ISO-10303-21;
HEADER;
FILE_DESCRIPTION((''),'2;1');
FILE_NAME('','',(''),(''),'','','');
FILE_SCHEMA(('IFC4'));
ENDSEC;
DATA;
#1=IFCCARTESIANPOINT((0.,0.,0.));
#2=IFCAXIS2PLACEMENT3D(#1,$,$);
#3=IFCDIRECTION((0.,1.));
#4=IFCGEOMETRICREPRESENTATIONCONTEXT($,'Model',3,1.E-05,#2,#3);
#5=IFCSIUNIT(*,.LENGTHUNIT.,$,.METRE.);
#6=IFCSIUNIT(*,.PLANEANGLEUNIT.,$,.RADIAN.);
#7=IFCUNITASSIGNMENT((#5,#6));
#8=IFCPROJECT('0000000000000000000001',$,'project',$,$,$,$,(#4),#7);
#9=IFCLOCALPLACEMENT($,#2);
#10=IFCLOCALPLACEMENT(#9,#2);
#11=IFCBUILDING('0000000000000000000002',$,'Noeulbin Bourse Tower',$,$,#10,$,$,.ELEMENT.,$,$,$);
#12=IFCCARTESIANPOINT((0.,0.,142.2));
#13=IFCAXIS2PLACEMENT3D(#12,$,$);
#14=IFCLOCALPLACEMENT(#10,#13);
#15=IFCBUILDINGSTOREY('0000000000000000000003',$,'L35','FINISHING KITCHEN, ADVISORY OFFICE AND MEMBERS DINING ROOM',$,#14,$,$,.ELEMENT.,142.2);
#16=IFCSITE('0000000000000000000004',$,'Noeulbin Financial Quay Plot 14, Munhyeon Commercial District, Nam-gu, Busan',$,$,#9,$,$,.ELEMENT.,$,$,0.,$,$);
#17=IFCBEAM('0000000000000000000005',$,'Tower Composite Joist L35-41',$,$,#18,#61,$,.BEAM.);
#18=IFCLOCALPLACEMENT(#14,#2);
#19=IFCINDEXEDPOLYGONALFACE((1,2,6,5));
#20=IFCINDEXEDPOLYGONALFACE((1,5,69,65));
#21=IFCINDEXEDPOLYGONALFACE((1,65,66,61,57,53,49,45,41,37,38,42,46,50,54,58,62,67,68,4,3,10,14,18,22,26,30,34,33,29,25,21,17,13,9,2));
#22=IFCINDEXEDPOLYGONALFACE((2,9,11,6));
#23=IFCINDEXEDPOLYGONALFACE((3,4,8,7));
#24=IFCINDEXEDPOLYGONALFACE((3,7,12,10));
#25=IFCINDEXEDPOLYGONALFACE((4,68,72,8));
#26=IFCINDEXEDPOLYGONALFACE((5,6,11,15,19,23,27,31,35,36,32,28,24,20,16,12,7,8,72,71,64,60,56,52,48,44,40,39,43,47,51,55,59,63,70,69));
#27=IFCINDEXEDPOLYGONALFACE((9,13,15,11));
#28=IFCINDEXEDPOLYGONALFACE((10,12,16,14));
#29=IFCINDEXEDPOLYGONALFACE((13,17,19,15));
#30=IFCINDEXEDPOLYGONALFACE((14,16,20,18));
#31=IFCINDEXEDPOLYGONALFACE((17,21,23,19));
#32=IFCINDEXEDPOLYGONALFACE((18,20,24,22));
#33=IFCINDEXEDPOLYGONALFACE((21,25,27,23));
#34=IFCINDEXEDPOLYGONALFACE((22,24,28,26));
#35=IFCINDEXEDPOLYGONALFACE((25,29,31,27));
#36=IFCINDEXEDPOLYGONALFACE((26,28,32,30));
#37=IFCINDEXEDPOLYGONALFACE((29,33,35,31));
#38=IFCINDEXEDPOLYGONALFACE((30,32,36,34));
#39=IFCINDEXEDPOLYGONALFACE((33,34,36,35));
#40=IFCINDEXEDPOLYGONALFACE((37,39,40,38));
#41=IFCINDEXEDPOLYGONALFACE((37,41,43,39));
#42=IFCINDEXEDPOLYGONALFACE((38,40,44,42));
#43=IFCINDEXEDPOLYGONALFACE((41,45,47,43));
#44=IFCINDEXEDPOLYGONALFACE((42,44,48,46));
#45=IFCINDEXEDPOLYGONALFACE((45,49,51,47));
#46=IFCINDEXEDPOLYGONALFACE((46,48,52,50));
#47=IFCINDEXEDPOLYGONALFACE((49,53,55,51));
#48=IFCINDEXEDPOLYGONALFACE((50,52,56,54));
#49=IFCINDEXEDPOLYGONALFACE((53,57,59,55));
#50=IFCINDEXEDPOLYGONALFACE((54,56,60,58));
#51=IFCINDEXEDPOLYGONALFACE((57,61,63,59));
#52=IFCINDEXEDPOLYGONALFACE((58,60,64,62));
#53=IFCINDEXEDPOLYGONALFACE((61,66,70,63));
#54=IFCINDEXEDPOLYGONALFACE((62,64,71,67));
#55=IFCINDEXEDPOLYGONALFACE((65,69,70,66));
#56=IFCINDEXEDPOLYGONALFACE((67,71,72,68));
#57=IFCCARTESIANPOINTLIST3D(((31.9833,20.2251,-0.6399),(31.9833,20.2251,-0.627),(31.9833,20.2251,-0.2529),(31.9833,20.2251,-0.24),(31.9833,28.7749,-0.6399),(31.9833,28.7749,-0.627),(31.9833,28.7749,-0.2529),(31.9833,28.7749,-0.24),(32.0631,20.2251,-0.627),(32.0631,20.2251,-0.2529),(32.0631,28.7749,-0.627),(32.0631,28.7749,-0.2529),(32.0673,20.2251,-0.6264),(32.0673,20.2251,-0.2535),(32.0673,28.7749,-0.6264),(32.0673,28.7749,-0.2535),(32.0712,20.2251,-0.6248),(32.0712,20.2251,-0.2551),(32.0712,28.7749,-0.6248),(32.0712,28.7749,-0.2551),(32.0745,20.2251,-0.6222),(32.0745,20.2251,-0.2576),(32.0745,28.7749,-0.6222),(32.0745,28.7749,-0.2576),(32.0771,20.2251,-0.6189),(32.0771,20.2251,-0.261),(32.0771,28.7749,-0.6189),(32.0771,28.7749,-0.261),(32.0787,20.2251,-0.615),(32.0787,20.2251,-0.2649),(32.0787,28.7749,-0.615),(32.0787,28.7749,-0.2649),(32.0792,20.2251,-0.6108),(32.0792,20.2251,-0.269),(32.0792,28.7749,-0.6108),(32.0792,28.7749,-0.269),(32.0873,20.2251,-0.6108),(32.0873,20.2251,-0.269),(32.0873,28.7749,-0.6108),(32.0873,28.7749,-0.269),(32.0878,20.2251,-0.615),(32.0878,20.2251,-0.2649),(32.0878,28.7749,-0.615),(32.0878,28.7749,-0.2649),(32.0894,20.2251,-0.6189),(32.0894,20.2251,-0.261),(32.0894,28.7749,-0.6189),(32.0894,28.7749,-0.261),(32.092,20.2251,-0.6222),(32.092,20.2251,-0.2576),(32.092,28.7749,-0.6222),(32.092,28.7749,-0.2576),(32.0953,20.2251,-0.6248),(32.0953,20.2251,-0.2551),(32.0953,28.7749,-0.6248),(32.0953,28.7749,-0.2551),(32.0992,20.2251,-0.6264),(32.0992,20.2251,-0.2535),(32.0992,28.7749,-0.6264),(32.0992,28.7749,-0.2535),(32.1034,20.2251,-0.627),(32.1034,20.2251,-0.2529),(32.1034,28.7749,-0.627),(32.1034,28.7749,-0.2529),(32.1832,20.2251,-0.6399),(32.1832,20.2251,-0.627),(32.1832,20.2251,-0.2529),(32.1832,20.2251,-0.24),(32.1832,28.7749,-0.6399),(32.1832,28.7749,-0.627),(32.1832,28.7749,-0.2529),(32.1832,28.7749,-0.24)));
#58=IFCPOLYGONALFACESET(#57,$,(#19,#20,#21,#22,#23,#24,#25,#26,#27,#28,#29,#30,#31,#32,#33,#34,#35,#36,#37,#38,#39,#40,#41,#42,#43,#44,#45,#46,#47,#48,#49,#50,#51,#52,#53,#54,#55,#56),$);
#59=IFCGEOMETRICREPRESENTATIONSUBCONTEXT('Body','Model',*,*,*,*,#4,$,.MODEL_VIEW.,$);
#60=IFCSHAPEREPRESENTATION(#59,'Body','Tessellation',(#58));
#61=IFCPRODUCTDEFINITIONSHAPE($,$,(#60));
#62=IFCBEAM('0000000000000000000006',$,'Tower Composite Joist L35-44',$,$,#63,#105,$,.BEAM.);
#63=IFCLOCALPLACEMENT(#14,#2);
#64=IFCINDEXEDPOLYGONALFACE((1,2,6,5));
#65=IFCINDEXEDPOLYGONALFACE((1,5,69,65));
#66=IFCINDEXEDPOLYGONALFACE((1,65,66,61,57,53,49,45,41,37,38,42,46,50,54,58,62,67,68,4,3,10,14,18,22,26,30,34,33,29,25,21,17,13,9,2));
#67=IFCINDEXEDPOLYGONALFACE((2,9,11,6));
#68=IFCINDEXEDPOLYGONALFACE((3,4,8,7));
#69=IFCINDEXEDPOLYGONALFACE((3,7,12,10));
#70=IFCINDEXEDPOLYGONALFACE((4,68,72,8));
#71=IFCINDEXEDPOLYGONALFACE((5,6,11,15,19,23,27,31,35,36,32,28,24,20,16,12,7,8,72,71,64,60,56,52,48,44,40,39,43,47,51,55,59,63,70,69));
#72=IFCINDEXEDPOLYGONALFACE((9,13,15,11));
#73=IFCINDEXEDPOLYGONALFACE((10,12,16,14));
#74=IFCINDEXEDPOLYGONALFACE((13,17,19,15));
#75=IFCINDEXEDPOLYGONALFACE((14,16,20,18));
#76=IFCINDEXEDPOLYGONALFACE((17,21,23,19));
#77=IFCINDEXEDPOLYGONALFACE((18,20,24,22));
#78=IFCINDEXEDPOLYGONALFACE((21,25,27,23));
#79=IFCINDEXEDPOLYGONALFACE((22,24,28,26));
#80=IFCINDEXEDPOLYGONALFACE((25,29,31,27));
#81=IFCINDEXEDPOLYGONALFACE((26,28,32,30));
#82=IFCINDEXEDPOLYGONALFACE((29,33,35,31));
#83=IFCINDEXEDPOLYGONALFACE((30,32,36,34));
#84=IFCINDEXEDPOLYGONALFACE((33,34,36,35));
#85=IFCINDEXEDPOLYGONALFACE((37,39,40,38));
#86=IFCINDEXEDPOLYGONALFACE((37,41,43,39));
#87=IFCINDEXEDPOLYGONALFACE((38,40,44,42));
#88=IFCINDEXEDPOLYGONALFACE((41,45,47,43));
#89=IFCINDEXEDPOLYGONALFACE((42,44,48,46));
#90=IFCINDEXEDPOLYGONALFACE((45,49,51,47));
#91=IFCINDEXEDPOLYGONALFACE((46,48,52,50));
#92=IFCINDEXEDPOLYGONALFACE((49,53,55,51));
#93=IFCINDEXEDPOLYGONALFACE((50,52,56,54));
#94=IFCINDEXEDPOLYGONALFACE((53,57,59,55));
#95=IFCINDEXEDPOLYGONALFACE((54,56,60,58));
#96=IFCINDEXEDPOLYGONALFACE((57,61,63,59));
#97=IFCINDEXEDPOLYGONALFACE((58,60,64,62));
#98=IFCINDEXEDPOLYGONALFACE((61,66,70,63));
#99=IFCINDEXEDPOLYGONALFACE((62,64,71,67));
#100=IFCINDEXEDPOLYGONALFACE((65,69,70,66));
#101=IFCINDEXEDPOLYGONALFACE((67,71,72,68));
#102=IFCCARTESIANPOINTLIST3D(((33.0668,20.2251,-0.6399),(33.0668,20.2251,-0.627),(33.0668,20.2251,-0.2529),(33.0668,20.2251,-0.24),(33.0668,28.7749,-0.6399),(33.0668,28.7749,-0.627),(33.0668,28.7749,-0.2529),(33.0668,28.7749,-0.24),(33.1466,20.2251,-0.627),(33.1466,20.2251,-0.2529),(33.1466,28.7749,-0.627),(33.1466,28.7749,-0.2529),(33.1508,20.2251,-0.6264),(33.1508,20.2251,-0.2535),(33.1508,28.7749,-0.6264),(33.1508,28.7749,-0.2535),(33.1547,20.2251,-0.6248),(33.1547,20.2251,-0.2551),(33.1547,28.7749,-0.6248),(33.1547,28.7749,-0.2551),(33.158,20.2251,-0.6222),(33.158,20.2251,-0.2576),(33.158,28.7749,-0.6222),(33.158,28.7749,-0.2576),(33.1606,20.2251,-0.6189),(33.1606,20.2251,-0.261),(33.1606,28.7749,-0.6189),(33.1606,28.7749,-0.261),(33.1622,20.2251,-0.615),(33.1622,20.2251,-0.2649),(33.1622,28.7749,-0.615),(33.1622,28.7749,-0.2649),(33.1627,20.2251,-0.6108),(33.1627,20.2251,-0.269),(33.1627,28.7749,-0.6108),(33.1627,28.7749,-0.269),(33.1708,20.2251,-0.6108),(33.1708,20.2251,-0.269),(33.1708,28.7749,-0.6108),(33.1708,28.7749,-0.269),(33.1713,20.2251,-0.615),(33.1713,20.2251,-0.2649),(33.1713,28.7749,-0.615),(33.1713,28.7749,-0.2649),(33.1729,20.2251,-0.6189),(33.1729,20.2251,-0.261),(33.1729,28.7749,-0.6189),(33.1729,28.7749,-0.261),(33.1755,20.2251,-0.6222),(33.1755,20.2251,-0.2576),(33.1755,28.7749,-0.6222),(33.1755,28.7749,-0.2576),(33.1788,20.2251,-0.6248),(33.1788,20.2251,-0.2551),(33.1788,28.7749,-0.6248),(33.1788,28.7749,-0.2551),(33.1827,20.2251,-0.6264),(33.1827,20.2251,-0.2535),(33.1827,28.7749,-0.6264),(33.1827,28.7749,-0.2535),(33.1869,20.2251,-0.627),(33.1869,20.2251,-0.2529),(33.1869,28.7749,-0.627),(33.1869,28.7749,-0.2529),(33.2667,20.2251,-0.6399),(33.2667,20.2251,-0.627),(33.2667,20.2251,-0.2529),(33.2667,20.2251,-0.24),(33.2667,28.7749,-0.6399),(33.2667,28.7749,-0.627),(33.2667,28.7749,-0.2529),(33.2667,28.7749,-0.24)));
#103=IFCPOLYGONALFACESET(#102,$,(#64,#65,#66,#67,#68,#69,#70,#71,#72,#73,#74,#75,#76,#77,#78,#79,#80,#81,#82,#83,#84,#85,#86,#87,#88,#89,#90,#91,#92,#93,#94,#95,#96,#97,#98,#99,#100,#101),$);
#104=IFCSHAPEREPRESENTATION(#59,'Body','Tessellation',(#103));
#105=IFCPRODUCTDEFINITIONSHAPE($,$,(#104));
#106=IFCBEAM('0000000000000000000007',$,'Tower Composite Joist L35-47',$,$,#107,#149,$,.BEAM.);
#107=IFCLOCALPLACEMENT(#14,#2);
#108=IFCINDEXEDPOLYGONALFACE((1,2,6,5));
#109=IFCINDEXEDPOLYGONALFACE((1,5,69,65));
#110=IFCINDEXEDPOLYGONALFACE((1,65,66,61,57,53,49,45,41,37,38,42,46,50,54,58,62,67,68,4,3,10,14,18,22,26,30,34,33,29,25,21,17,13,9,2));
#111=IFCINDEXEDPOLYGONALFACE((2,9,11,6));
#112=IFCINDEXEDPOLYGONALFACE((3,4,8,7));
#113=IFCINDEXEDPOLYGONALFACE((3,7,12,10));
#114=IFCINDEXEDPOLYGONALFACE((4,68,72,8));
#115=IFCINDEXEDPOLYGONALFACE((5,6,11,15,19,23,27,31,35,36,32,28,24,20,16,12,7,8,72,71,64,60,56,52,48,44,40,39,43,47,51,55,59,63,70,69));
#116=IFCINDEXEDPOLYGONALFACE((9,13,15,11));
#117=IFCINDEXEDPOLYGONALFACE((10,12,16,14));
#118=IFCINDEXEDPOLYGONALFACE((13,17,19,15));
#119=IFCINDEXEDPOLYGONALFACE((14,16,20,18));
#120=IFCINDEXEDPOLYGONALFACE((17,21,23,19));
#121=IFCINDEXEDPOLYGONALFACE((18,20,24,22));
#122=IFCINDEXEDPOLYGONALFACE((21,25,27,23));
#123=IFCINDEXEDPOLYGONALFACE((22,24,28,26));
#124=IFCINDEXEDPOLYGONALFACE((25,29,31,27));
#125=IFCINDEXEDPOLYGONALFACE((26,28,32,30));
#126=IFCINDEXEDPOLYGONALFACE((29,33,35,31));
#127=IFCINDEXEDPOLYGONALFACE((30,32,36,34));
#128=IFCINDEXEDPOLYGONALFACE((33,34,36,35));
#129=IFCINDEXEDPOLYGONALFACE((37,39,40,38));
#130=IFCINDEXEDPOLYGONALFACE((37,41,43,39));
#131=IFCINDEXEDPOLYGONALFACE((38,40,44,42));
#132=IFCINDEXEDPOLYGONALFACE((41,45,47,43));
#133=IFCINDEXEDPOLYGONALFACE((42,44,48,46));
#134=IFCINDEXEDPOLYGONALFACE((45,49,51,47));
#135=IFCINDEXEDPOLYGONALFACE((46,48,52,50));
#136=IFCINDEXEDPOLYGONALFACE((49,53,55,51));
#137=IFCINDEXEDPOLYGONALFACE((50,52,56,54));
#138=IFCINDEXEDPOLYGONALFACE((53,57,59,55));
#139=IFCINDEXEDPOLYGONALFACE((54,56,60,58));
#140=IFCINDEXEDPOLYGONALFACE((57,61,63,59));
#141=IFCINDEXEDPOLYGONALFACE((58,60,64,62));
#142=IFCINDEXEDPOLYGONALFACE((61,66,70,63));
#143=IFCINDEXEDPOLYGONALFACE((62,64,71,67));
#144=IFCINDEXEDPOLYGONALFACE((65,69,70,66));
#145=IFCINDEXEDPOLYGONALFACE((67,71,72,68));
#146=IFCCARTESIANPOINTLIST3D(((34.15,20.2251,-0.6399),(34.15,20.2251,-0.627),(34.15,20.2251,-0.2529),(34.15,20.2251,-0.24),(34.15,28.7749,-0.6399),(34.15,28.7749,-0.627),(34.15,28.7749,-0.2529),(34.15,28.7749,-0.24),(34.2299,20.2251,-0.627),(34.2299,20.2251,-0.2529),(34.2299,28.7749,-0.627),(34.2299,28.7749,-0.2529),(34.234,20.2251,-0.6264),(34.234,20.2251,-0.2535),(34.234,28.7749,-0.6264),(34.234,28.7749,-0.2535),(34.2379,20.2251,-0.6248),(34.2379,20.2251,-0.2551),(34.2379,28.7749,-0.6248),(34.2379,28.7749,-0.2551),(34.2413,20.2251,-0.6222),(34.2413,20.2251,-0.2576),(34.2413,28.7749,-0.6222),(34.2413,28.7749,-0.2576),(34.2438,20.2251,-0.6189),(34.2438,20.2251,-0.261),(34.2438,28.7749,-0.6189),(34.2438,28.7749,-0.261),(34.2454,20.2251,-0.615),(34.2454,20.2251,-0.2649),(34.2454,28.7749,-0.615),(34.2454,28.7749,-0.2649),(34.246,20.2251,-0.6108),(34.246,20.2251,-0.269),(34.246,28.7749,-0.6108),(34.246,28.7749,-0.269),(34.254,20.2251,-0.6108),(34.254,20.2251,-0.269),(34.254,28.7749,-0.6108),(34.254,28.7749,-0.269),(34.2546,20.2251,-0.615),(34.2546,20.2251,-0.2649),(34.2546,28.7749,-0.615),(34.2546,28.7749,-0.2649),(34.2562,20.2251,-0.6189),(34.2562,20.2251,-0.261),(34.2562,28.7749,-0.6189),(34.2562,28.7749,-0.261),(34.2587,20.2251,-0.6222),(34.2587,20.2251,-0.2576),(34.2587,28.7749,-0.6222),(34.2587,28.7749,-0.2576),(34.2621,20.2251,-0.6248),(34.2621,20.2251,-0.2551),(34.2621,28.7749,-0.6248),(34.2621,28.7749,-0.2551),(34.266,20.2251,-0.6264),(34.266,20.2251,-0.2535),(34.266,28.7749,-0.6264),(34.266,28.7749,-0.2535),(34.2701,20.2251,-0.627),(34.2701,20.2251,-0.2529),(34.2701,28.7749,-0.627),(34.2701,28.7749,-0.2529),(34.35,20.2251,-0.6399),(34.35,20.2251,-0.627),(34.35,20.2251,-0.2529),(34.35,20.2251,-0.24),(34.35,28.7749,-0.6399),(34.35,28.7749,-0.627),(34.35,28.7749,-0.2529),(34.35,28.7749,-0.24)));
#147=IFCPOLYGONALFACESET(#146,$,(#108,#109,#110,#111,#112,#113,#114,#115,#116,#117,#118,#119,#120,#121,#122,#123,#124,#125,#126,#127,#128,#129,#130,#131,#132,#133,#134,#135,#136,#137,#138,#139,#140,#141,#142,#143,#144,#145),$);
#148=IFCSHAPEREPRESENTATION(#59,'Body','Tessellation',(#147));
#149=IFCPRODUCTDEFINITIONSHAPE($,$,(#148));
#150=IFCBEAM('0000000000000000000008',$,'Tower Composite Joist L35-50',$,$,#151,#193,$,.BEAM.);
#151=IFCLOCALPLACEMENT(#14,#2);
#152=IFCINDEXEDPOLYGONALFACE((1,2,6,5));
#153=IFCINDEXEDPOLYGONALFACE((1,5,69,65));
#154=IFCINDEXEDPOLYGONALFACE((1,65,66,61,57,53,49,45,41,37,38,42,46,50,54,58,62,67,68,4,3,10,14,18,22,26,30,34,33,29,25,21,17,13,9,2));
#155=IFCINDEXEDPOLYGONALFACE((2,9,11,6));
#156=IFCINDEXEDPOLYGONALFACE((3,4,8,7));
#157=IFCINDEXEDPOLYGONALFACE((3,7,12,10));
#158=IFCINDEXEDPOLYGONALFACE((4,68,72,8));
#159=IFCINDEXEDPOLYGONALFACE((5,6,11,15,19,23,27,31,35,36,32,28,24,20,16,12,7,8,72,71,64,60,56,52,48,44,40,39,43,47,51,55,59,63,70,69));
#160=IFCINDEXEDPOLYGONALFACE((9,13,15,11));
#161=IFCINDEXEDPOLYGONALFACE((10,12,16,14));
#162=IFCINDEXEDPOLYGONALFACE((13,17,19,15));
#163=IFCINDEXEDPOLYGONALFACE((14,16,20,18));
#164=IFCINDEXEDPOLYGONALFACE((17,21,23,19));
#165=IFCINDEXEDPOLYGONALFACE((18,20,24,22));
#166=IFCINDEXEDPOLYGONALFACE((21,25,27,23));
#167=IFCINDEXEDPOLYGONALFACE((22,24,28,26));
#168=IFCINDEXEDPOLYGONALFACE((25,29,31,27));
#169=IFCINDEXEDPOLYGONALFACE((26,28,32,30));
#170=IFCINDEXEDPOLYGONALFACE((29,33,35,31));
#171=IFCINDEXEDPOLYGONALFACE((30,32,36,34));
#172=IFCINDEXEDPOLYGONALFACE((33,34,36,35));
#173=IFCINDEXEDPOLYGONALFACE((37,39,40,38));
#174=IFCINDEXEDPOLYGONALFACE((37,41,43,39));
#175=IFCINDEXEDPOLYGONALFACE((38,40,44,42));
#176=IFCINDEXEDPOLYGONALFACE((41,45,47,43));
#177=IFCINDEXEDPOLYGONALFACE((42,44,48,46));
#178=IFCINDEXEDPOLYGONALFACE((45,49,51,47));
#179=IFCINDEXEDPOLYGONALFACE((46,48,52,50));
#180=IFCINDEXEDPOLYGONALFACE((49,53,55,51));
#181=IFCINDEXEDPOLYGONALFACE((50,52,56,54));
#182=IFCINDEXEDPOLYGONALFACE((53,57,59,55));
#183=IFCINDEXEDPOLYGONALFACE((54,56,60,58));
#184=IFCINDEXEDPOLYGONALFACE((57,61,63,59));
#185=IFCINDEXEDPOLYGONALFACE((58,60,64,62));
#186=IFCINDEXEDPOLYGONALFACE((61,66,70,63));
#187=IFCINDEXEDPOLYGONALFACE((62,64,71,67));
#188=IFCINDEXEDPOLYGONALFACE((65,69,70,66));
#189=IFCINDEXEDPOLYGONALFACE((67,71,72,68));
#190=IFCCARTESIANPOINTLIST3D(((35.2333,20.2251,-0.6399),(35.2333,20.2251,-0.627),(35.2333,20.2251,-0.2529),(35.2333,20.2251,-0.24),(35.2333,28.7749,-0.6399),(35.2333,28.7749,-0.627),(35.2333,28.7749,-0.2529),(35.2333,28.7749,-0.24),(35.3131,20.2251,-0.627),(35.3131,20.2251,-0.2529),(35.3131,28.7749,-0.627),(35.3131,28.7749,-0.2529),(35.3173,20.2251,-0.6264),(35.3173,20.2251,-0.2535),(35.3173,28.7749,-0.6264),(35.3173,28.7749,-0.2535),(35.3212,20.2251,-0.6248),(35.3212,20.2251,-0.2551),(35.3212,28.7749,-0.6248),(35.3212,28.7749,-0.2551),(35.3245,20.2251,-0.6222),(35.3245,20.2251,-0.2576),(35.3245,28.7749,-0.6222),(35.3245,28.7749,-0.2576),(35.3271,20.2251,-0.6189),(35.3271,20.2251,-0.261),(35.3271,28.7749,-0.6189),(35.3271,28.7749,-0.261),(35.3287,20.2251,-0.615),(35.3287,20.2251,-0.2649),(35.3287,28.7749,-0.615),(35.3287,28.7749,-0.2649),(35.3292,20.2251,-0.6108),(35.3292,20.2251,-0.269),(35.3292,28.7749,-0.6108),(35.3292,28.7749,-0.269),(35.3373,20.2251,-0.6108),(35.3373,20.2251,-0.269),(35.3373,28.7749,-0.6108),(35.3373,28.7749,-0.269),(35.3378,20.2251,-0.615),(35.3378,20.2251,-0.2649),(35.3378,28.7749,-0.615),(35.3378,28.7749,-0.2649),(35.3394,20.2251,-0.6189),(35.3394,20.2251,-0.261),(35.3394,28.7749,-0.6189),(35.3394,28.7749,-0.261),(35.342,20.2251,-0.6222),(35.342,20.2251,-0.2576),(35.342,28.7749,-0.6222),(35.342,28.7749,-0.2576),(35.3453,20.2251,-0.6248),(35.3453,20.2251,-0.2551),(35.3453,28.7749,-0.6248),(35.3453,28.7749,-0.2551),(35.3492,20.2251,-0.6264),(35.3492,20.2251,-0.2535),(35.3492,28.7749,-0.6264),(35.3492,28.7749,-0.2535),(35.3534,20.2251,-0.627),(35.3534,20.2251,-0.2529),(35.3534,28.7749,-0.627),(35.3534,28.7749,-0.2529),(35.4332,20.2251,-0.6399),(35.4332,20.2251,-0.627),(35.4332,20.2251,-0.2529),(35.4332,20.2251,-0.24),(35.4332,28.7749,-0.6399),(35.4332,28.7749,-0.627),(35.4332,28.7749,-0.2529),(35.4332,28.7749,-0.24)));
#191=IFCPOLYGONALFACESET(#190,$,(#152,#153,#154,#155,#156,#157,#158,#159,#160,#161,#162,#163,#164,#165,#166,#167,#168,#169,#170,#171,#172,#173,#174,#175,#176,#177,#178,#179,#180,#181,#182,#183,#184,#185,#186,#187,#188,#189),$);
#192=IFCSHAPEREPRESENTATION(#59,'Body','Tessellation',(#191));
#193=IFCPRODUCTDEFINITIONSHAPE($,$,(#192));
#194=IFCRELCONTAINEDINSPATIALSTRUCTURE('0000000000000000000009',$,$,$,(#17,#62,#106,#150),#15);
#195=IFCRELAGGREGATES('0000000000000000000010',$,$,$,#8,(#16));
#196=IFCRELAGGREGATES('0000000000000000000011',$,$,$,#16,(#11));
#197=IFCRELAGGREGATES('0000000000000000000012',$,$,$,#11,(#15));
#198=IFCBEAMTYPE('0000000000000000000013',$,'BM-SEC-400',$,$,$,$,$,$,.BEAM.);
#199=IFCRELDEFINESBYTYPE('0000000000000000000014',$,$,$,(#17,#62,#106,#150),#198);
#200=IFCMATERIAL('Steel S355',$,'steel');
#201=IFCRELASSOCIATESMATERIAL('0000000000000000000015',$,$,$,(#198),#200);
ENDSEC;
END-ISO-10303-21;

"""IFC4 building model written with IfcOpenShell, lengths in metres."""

from ifc_helpers import new_model, si_unit, direction, frame, origin, origin_2d, place, context, subcontext, project, spatial, i_section, extrude, material, material_profile, profile_set, type_object, element, save


model = new_model("IFC4")

# Units and contexts
model_context = context("Model", 3, precision=1e-05, world=origin(), true_north=direction((0.0, 1.0)))
body_context = subcontext(model_context, "Body", "Model", "MODEL_VIEW")
ifc_project = project(units=[si_unit("LENGTHUNIT", "METRE"), si_unit("PLANEANGLEUNIT", "RADIAN")], contexts=[model_context])

# Site, building, storey
site_placement = place(None, origin())
site = spatial("IfcSite", under=ifc_project, at=site_placement, Name="Noeulbin Financial Quay Plot 14, Munhyeon Commercial District, Nam-gu, Busan", CompositionType="ELEMENT", RefElevation=0.0)
building_placement = place(site_placement, origin())
building = spatial("IfcBuilding", under=site, at=building_placement, Name="Noeulbin Bourse Tower", CompositionType="ELEMENT")
storey_placement = place(building_placement, frame((0.0, 0.0, 142.2)))
storey = spatial("IfcBuildingStorey", under=building, at=storey_placement, Name="L35", Description="FINISHING KITCHEN, ADVISORY OFFICE AND MEMBERS DINING ROOM", CompositionType="ELEMENT", Elevation=142.2)

# Beams
ifc_material_1 = material(Name="Steel S355", Category="steel")
ifc_material_profile_1 = material_profile(ifc_material_1, i_section(OverallWidth=0.2, OverallDepth=0.3999, WebThickness=0.0081, FlangeThickness=0.0129, FilletRadius=0.0161, at=origin_2d()), Name="H-400x200x8x13", Category="LoadBearing")
ifc_profile_set_1 = profile_set([ifc_material_profile_1], Name="Steel S355")
beam_type_1 = type_object("IfcBeamType", Name="BM-SEC-400", PredefinedType="BEAM", material=ifc_profile_set_1)
for number, where, z_axis, x_axis, name in (
    (1, (32.0833, 20.2251, -0.4399), (0.0, 1.0, 0.0), (-1.0, 0.0, 0.0), "Tower Composite Joist L35-41"),
    (2, (33.1667, 20.2251, -0.4399), (0.0, 1.0, 0.0), (-1.0, 0.0, 0.0), "Tower Composite Joist L35-44"),
    (3, (34.25, 20.2251, -0.4399), (0.0, 1.0, 0.0), (-1.0, 0.0, 0.0), "Tower Composite Joist L35-47"),
    (4, (35.3333, 20.2251, -0.4399), (0.0, 1.0, 0.0), (-1.0, 0.0, 0.0), "Tower Composite Joist L35-50"),
):
    element("IfcBeam", number, at=place(storey_placement, frame(where, z_axis=z_axis, x_axis=x_axis)), inside=storey, type_object=beam_type_1, Name=name, PredefinedType="BEAM", context=body_context, shape_type="SweptSolid", body=[
        extrude(i_section(OverallWidth=0.2, OverallDepth=0.3999, WebThickness=0.0081, FlangeThickness=0.0129, FilletRadius=0.0161, at=origin_2d()), origin(), (0.0, 0.0, 1.0), 8.5498),
    ])

save(model, "model.ifc")
